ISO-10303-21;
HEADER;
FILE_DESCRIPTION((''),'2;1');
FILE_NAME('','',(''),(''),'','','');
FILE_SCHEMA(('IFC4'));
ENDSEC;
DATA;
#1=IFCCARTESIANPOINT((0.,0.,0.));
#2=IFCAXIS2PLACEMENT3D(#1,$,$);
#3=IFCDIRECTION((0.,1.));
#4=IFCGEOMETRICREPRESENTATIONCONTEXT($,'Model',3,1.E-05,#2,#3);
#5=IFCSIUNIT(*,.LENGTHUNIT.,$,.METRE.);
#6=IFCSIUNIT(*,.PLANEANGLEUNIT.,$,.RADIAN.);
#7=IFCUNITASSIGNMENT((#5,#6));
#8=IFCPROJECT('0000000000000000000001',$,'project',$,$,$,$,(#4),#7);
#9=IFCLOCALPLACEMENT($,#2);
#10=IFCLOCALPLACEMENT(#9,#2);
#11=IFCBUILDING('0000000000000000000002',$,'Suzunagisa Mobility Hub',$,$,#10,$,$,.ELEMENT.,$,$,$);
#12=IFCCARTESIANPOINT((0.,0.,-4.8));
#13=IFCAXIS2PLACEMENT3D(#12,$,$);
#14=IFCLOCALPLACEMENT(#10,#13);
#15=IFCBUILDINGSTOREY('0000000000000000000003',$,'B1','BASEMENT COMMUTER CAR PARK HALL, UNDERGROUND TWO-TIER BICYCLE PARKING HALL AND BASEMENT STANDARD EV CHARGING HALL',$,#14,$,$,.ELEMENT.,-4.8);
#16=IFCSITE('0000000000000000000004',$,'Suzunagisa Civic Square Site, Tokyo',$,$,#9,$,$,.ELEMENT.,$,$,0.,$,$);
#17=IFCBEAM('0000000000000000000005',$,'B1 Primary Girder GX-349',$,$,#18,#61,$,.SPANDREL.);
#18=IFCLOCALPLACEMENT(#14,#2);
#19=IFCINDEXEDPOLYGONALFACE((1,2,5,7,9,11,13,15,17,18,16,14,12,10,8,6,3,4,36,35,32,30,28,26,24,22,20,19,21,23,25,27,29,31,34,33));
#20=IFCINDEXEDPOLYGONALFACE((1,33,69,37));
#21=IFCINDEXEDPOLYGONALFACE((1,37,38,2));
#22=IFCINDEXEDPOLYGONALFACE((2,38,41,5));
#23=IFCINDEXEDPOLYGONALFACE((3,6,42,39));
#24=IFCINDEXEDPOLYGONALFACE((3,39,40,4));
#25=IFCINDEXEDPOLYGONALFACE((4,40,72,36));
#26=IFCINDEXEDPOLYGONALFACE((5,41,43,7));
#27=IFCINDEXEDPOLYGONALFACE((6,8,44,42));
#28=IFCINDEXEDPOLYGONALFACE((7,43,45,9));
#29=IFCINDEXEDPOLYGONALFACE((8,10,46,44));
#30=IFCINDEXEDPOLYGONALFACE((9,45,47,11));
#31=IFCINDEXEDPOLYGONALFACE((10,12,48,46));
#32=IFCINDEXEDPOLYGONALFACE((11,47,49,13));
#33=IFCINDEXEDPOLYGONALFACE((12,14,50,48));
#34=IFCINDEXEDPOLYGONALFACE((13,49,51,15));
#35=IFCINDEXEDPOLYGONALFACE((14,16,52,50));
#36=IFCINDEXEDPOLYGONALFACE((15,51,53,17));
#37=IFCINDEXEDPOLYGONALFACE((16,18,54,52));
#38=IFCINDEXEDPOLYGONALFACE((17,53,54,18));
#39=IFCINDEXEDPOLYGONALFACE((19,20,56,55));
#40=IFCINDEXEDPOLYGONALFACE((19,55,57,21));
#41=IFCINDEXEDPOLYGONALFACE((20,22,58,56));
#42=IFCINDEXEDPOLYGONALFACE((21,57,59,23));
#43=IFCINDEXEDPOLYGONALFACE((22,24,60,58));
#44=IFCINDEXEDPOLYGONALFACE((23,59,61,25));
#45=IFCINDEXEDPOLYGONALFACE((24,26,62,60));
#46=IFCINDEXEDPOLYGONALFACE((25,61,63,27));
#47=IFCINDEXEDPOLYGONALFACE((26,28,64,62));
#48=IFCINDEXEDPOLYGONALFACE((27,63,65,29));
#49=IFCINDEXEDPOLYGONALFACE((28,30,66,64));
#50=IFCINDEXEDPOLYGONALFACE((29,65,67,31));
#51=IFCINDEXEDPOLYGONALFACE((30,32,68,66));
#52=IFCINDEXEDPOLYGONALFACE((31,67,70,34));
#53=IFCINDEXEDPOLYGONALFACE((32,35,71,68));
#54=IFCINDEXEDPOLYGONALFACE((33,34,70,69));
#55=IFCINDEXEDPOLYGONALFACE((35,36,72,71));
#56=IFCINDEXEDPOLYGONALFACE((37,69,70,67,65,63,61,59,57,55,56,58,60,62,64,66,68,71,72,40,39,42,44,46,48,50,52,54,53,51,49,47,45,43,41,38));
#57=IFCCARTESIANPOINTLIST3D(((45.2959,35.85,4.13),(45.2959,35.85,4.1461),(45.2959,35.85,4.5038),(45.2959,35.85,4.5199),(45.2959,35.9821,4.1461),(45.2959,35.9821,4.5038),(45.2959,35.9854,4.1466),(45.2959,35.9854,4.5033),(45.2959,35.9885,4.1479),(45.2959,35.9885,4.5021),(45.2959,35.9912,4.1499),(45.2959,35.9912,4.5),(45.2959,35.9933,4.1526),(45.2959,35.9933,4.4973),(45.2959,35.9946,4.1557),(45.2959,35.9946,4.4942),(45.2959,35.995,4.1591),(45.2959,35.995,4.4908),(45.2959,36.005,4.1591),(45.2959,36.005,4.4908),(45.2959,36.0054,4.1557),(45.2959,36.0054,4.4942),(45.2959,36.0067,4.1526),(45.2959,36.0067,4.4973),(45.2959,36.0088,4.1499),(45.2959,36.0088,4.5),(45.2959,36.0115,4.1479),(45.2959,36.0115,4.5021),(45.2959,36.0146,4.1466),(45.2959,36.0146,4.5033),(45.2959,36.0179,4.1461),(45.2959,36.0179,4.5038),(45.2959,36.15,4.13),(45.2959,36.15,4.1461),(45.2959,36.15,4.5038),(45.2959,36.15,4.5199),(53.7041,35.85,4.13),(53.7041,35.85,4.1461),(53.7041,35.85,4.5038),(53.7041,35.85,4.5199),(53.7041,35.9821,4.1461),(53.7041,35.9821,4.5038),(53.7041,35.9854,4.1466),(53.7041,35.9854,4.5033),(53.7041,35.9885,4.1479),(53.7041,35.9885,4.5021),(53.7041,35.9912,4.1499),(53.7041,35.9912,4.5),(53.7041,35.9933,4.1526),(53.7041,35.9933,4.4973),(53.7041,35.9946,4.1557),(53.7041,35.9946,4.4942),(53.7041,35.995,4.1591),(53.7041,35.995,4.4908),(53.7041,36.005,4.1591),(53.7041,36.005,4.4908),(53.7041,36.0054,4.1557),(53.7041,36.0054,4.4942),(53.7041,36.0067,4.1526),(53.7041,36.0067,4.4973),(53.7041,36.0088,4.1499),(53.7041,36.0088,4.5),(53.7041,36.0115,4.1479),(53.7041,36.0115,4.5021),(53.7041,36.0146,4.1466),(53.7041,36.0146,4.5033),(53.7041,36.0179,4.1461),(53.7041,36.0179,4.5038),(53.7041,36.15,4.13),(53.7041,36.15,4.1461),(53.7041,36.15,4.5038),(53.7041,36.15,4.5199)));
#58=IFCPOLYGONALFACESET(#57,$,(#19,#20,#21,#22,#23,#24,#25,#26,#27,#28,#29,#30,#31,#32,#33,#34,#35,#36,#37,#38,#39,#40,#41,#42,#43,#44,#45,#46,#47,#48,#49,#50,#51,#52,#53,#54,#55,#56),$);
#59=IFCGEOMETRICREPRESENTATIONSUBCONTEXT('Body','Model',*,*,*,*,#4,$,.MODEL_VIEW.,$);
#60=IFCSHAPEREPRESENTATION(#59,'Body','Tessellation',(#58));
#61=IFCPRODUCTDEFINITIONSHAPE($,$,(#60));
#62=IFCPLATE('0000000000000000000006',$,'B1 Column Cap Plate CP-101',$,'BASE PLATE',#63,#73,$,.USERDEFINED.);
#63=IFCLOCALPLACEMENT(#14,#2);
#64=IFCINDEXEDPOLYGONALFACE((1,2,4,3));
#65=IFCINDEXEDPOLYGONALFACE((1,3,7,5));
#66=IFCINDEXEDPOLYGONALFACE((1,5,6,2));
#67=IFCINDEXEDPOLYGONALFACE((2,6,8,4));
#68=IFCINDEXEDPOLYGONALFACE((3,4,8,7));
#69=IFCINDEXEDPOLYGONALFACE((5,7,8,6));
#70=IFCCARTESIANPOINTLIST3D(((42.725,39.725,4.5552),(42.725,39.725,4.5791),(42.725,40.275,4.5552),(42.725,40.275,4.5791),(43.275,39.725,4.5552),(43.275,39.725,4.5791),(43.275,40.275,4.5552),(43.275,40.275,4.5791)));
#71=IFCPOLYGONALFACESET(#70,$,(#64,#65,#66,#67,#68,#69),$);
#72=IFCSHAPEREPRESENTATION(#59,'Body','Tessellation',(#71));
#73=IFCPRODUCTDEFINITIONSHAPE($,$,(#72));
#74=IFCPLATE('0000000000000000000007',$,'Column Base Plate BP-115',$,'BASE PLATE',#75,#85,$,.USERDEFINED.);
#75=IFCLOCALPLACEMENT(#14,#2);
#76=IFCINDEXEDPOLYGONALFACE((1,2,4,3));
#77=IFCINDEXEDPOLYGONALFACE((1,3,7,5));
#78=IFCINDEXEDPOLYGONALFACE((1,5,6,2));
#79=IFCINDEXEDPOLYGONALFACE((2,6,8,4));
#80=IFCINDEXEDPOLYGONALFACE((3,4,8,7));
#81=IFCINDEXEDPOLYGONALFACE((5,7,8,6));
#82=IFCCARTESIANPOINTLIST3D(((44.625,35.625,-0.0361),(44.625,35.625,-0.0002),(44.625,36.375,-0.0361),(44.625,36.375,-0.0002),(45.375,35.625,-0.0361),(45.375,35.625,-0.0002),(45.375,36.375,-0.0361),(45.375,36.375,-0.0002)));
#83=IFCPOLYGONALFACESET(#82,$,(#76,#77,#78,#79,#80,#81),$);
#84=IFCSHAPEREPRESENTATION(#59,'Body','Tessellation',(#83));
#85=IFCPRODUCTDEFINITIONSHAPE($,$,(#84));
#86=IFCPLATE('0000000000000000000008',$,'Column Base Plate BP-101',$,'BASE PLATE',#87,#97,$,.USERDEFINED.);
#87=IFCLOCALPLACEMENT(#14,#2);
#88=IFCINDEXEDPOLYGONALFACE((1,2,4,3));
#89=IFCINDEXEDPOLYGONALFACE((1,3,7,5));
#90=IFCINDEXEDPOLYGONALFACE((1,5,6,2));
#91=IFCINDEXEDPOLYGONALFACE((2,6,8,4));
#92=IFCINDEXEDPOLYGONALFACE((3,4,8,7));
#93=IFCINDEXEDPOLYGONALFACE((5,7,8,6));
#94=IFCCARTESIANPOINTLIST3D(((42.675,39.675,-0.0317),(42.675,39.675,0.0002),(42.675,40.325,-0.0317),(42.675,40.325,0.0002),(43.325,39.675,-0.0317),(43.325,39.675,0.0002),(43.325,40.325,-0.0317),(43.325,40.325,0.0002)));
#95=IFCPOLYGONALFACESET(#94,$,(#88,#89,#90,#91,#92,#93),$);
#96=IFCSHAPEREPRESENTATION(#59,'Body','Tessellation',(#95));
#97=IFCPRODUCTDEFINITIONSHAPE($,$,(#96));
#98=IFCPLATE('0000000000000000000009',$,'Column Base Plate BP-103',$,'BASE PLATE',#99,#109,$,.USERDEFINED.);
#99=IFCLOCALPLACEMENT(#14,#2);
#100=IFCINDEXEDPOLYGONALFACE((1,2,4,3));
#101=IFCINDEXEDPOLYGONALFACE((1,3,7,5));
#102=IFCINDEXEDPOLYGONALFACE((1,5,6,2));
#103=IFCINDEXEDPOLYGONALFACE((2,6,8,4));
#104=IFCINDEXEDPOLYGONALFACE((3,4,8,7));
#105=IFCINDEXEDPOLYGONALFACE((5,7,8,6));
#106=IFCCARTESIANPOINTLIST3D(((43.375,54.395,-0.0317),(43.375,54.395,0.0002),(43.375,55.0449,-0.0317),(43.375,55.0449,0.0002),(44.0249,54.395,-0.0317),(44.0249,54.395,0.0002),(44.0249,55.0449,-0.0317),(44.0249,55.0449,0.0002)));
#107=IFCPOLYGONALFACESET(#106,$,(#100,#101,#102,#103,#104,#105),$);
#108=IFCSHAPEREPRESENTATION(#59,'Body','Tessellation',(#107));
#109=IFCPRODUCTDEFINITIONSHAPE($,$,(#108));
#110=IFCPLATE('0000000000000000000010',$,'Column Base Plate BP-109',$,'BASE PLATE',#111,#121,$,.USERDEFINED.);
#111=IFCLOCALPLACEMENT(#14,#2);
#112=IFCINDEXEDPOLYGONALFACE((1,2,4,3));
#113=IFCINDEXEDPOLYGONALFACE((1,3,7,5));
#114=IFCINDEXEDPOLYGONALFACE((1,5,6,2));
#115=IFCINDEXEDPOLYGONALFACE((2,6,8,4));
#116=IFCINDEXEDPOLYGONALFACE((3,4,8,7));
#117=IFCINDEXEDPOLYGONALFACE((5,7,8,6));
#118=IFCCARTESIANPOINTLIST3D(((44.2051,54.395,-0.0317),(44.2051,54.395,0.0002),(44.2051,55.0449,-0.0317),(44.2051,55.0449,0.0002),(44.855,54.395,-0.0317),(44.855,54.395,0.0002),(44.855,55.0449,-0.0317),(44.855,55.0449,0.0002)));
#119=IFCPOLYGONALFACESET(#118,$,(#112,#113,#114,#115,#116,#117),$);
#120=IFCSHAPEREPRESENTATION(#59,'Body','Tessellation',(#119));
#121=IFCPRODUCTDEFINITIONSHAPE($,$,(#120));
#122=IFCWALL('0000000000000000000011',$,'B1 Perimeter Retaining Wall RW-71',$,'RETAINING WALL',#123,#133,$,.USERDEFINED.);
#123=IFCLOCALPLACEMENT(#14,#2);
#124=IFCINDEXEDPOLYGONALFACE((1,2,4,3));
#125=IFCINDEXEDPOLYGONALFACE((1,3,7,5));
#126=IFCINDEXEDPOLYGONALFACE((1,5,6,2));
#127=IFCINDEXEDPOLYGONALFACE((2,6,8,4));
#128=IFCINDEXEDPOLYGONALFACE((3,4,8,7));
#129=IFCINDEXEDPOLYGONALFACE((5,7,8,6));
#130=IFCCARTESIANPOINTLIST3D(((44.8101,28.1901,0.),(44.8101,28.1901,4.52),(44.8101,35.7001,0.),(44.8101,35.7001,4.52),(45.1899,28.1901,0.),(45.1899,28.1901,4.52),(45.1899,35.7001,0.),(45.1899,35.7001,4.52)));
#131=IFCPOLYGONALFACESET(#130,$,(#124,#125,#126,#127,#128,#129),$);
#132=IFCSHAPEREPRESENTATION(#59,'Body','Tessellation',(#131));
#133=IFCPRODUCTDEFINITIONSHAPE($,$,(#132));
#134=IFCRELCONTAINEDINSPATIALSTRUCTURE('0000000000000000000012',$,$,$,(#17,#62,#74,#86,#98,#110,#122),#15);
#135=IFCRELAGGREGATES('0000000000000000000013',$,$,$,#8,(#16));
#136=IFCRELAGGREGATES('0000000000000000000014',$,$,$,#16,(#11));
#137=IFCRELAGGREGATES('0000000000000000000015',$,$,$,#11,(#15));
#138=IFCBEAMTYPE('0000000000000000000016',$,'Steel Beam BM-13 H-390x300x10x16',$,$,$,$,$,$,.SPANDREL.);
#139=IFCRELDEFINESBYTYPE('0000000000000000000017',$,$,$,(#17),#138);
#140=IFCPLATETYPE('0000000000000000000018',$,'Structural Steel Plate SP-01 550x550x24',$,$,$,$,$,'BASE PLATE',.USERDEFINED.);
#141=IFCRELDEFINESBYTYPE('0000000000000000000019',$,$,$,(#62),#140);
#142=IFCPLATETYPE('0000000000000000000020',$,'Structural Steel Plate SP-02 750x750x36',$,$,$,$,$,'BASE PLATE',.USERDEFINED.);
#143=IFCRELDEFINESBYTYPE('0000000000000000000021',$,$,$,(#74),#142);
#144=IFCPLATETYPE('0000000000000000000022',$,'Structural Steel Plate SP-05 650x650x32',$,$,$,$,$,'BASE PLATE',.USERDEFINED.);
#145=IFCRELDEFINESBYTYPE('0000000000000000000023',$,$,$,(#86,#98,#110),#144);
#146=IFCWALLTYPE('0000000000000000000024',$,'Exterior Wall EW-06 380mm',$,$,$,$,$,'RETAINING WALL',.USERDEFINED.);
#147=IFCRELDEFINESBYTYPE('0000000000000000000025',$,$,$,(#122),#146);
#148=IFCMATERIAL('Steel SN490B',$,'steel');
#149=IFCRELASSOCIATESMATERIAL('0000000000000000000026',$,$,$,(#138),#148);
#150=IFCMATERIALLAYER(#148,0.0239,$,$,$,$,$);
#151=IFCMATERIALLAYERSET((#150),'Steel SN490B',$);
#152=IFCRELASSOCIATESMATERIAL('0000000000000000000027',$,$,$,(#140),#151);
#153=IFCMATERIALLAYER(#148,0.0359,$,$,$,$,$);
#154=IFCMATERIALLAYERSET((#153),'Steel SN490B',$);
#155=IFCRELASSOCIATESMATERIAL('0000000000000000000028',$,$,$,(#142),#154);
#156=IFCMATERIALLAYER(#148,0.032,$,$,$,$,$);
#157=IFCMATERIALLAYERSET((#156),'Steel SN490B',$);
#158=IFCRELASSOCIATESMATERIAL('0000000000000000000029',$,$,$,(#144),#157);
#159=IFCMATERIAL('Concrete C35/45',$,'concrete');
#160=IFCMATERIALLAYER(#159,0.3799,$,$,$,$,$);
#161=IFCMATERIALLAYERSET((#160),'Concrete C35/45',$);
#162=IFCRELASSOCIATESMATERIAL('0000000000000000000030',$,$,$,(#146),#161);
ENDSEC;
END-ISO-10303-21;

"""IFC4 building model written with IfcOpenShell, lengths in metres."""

from ifc_helpers import new_model, si_unit, direction, frame, frame_2d, origin, origin_2d, place, context, subcontext, project, spatial, rectangle, i_section, extrude, material, layer, layer_set, material_profile, profile_set, type_object, element, save


model = new_model("IFC4")

# Units and contexts
model_context = context("Model", 3, precision=1e-05, world=origin(), true_north=direction((0.0, 1.0)))
body_context = subcontext(model_context, "Body", "Model", "MODEL_VIEW")
ifc_project = project(units=[si_unit("LENGTHUNIT", "METRE"), si_unit("PLANEANGLEUNIT", "RADIAN")], contexts=[model_context])

# Site, building, storey
site_placement = place(None, origin())
site = spatial("IfcSite", under=ifc_project, at=site_placement, Name="Suzunagisa Civic Square Site, Tokyo", CompositionType="ELEMENT", RefElevation=0.0)
building_placement = place(site_placement, origin())
building = spatial("IfcBuilding", under=site, at=building_placement, Name="Suzunagisa Mobility Hub", CompositionType="ELEMENT")
storey_placement = place(building_placement, frame((0.0, 0.0, -4.8)))
storey = spatial("IfcBuildingStorey", under=building, at=storey_placement, Name="B1", Description="BASEMENT COMMUTER CAR PARK HALL, UNDERGROUND TWO-TIER BICYCLE PARKING HALL AND BASEMENT STANDARD EV CHARGING HALL", CompositionType="ELEMENT", Elevation=-4.8)

# Shared definitions
ifc_material_1 = material(Name="Steel SN490B", Category="steel")

# Beam
ifc_material_profile_1 = material_profile(ifc_material_1, i_section(OverallWidth=0.3, OverallDepth=0.3899, WebThickness=0.01, FlangeThickness=0.0161, FilletRadius=0.0129, at=origin_2d()), Name="H-390x300x10x16")
ifc_profile_set_1 = profile_set([ifc_material_profile_1], Name="Steel SN490B")
beam_type = type_object("IfcBeamType", Name="Steel Beam BM-13 H-390x300x10x16", PredefinedType="SPANDREL", material=ifc_profile_set_1)
beam_placement = place(storey_placement, frame((45.2959, 36.0, 4.325), z_axis=(1.0, 0.0, 0.0), x_axis=(0.0, 1.0, 0.0)))
element("IfcBeam", 1, at=beam_placement, inside=storey, type_object=beam_type, Name="B1 Primary Girder GX-349", PredefinedType="SPANDREL", context=body_context, shape_type="SweptSolid", body=[
    extrude(i_section(OverallWidth=0.3, OverallDepth=0.3899, WebThickness=0.01, FlangeThickness=0.0161, FilletRadius=0.0129, at=origin_2d()), origin(), (0.0, 0.0, 1.0), 8.4082),
])

# Plates
ifc_layer_1 = layer(ifc_material_1, 0.0239)
ifc_layer_set_1 = layer_set([ifc_layer_1], Name="Steel SN490B")
plate_type_1 = type_object("IfcPlateType", Name="Structural Steel Plate SP-01 550x550x24", ElementType="BASE PLATE", PredefinedType="USERDEFINED", material=ifc_layer_set_1)
plate_1_placement = place(storey_placement, frame((43.0, 40.0, 4.5552), z_axis=(0.0, 0.0, 1.0), x_axis=(1.0, 0.0, 0.0)))
element("IfcPlate", 2, at=plate_1_placement, inside=storey, type_object=plate_type_1, Name="B1 Column Cap Plate CP-101", ObjectType="BASE PLATE", PredefinedType="USERDEFINED", context=body_context, shape_type="SweptSolid", body=[
    extrude(rectangle(XDim=0.55, YDim=0.55, at=origin_2d()), origin(), (0.0, 0.0, 1.0), 0.0239),
])
ifc_layer_2 = layer(ifc_material_1, 0.0359)
ifc_layer_set_2 = layer_set([ifc_layer_2], Name="Steel SN490B")
plate_type_2 = type_object("IfcPlateType", Name="Structural Steel Plate SP-02 750x750x36", ElementType="BASE PLATE", PredefinedType="USERDEFINED", material=ifc_layer_set_2)
plate_2_placement = place(storey_placement, frame((45.0, 36.0, -0.0361), z_axis=(0.0, 0.0, 1.0), x_axis=(1.0, 0.0, 0.0)))
element("IfcPlate", 3, at=plate_2_placement, inside=storey, type_object=plate_type_2, Name="Column Base Plate BP-115", ObjectType="BASE PLATE", PredefinedType="USERDEFINED", context=body_context, shape_type="SweptSolid", body=[
    extrude(rectangle(XDim=0.75, YDim=0.75, at=origin_2d()), origin(), (0.0, 0.0, 1.0), 0.0359),
])
ifc_layer_3 = layer(ifc_material_1, 0.032)
ifc_layer_set_3 = layer_set([ifc_layer_3], Name="Steel SN490B")
plate_type_3 = type_object("IfcPlateType", Name="Structural Steel Plate SP-05 650x650x32", ElementType="BASE PLATE", PredefinedType="USERDEFINED", material=ifc_layer_set_3)
for number, where, z_axis, x_axis, name in (
    (4, (43.0, 40.0, -0.0317), (0.0, 0.0, 1.0), (1.0, 0.0, 0.0), "Column Base Plate BP-101"),
    (5, (43.7, 54.72, -0.0317), (0.0, 0.0, 1.0), (1.0, 0.0, 0.0), "Column Base Plate BP-103"),
    (6, (44.53, 54.72, -0.0317), (0.0, 0.0, 1.0), (1.0, 0.0, 0.0), "Column Base Plate BP-109"),
):
    element("IfcPlate", number, at=place(storey_placement, frame(where, z_axis=z_axis, x_axis=x_axis)), inside=storey, type_object=plate_type_3, Name=name, ObjectType="BASE PLATE", PredefinedType="USERDEFINED", context=body_context, shape_type="SweptSolid", body=[
        extrude(rectangle(XDim=0.6499, YDim=0.6499, at=origin_2d()), origin(), (0.0, 0.0, 1.0), 0.032),
    ])

# Wall
ifc_material_2 = material(Name="Concrete C35/45", Category="concrete")
ifc_layer_4 = layer(ifc_material_2, 0.3799)
ifc_layer_set_4 = layer_set([ifc_layer_4], Name="Concrete C35/45")
wall_type = type_object("IfcWallType", Name="Exterior Wall EW-06 380mm", ElementType="RETAINING WALL", PredefinedType="USERDEFINED", material=ifc_layer_set_4)
wall_placement = place(storey_placement, frame((45.0, 35.7, 0.0), z_axis=(0.0, 0.0, 1.0), x_axis=(0.0, -1.0, 0.0)))
element("IfcWall", 7, at=wall_placement, inside=storey, type_object=wall_type, Name="B1 Perimeter Retaining Wall RW-71", ObjectType="RETAINING WALL", PredefinedType="USERDEFINED", context=body_context, shape_type="SweptSolid", body=[
    extrude(rectangle(XDim=7.51, YDim=0.3799, at=frame_2d((3.7549, 0.0))), origin(), (0.0, 0.0, 1.0), 4.52),
])

save(model, "model.ifc")
